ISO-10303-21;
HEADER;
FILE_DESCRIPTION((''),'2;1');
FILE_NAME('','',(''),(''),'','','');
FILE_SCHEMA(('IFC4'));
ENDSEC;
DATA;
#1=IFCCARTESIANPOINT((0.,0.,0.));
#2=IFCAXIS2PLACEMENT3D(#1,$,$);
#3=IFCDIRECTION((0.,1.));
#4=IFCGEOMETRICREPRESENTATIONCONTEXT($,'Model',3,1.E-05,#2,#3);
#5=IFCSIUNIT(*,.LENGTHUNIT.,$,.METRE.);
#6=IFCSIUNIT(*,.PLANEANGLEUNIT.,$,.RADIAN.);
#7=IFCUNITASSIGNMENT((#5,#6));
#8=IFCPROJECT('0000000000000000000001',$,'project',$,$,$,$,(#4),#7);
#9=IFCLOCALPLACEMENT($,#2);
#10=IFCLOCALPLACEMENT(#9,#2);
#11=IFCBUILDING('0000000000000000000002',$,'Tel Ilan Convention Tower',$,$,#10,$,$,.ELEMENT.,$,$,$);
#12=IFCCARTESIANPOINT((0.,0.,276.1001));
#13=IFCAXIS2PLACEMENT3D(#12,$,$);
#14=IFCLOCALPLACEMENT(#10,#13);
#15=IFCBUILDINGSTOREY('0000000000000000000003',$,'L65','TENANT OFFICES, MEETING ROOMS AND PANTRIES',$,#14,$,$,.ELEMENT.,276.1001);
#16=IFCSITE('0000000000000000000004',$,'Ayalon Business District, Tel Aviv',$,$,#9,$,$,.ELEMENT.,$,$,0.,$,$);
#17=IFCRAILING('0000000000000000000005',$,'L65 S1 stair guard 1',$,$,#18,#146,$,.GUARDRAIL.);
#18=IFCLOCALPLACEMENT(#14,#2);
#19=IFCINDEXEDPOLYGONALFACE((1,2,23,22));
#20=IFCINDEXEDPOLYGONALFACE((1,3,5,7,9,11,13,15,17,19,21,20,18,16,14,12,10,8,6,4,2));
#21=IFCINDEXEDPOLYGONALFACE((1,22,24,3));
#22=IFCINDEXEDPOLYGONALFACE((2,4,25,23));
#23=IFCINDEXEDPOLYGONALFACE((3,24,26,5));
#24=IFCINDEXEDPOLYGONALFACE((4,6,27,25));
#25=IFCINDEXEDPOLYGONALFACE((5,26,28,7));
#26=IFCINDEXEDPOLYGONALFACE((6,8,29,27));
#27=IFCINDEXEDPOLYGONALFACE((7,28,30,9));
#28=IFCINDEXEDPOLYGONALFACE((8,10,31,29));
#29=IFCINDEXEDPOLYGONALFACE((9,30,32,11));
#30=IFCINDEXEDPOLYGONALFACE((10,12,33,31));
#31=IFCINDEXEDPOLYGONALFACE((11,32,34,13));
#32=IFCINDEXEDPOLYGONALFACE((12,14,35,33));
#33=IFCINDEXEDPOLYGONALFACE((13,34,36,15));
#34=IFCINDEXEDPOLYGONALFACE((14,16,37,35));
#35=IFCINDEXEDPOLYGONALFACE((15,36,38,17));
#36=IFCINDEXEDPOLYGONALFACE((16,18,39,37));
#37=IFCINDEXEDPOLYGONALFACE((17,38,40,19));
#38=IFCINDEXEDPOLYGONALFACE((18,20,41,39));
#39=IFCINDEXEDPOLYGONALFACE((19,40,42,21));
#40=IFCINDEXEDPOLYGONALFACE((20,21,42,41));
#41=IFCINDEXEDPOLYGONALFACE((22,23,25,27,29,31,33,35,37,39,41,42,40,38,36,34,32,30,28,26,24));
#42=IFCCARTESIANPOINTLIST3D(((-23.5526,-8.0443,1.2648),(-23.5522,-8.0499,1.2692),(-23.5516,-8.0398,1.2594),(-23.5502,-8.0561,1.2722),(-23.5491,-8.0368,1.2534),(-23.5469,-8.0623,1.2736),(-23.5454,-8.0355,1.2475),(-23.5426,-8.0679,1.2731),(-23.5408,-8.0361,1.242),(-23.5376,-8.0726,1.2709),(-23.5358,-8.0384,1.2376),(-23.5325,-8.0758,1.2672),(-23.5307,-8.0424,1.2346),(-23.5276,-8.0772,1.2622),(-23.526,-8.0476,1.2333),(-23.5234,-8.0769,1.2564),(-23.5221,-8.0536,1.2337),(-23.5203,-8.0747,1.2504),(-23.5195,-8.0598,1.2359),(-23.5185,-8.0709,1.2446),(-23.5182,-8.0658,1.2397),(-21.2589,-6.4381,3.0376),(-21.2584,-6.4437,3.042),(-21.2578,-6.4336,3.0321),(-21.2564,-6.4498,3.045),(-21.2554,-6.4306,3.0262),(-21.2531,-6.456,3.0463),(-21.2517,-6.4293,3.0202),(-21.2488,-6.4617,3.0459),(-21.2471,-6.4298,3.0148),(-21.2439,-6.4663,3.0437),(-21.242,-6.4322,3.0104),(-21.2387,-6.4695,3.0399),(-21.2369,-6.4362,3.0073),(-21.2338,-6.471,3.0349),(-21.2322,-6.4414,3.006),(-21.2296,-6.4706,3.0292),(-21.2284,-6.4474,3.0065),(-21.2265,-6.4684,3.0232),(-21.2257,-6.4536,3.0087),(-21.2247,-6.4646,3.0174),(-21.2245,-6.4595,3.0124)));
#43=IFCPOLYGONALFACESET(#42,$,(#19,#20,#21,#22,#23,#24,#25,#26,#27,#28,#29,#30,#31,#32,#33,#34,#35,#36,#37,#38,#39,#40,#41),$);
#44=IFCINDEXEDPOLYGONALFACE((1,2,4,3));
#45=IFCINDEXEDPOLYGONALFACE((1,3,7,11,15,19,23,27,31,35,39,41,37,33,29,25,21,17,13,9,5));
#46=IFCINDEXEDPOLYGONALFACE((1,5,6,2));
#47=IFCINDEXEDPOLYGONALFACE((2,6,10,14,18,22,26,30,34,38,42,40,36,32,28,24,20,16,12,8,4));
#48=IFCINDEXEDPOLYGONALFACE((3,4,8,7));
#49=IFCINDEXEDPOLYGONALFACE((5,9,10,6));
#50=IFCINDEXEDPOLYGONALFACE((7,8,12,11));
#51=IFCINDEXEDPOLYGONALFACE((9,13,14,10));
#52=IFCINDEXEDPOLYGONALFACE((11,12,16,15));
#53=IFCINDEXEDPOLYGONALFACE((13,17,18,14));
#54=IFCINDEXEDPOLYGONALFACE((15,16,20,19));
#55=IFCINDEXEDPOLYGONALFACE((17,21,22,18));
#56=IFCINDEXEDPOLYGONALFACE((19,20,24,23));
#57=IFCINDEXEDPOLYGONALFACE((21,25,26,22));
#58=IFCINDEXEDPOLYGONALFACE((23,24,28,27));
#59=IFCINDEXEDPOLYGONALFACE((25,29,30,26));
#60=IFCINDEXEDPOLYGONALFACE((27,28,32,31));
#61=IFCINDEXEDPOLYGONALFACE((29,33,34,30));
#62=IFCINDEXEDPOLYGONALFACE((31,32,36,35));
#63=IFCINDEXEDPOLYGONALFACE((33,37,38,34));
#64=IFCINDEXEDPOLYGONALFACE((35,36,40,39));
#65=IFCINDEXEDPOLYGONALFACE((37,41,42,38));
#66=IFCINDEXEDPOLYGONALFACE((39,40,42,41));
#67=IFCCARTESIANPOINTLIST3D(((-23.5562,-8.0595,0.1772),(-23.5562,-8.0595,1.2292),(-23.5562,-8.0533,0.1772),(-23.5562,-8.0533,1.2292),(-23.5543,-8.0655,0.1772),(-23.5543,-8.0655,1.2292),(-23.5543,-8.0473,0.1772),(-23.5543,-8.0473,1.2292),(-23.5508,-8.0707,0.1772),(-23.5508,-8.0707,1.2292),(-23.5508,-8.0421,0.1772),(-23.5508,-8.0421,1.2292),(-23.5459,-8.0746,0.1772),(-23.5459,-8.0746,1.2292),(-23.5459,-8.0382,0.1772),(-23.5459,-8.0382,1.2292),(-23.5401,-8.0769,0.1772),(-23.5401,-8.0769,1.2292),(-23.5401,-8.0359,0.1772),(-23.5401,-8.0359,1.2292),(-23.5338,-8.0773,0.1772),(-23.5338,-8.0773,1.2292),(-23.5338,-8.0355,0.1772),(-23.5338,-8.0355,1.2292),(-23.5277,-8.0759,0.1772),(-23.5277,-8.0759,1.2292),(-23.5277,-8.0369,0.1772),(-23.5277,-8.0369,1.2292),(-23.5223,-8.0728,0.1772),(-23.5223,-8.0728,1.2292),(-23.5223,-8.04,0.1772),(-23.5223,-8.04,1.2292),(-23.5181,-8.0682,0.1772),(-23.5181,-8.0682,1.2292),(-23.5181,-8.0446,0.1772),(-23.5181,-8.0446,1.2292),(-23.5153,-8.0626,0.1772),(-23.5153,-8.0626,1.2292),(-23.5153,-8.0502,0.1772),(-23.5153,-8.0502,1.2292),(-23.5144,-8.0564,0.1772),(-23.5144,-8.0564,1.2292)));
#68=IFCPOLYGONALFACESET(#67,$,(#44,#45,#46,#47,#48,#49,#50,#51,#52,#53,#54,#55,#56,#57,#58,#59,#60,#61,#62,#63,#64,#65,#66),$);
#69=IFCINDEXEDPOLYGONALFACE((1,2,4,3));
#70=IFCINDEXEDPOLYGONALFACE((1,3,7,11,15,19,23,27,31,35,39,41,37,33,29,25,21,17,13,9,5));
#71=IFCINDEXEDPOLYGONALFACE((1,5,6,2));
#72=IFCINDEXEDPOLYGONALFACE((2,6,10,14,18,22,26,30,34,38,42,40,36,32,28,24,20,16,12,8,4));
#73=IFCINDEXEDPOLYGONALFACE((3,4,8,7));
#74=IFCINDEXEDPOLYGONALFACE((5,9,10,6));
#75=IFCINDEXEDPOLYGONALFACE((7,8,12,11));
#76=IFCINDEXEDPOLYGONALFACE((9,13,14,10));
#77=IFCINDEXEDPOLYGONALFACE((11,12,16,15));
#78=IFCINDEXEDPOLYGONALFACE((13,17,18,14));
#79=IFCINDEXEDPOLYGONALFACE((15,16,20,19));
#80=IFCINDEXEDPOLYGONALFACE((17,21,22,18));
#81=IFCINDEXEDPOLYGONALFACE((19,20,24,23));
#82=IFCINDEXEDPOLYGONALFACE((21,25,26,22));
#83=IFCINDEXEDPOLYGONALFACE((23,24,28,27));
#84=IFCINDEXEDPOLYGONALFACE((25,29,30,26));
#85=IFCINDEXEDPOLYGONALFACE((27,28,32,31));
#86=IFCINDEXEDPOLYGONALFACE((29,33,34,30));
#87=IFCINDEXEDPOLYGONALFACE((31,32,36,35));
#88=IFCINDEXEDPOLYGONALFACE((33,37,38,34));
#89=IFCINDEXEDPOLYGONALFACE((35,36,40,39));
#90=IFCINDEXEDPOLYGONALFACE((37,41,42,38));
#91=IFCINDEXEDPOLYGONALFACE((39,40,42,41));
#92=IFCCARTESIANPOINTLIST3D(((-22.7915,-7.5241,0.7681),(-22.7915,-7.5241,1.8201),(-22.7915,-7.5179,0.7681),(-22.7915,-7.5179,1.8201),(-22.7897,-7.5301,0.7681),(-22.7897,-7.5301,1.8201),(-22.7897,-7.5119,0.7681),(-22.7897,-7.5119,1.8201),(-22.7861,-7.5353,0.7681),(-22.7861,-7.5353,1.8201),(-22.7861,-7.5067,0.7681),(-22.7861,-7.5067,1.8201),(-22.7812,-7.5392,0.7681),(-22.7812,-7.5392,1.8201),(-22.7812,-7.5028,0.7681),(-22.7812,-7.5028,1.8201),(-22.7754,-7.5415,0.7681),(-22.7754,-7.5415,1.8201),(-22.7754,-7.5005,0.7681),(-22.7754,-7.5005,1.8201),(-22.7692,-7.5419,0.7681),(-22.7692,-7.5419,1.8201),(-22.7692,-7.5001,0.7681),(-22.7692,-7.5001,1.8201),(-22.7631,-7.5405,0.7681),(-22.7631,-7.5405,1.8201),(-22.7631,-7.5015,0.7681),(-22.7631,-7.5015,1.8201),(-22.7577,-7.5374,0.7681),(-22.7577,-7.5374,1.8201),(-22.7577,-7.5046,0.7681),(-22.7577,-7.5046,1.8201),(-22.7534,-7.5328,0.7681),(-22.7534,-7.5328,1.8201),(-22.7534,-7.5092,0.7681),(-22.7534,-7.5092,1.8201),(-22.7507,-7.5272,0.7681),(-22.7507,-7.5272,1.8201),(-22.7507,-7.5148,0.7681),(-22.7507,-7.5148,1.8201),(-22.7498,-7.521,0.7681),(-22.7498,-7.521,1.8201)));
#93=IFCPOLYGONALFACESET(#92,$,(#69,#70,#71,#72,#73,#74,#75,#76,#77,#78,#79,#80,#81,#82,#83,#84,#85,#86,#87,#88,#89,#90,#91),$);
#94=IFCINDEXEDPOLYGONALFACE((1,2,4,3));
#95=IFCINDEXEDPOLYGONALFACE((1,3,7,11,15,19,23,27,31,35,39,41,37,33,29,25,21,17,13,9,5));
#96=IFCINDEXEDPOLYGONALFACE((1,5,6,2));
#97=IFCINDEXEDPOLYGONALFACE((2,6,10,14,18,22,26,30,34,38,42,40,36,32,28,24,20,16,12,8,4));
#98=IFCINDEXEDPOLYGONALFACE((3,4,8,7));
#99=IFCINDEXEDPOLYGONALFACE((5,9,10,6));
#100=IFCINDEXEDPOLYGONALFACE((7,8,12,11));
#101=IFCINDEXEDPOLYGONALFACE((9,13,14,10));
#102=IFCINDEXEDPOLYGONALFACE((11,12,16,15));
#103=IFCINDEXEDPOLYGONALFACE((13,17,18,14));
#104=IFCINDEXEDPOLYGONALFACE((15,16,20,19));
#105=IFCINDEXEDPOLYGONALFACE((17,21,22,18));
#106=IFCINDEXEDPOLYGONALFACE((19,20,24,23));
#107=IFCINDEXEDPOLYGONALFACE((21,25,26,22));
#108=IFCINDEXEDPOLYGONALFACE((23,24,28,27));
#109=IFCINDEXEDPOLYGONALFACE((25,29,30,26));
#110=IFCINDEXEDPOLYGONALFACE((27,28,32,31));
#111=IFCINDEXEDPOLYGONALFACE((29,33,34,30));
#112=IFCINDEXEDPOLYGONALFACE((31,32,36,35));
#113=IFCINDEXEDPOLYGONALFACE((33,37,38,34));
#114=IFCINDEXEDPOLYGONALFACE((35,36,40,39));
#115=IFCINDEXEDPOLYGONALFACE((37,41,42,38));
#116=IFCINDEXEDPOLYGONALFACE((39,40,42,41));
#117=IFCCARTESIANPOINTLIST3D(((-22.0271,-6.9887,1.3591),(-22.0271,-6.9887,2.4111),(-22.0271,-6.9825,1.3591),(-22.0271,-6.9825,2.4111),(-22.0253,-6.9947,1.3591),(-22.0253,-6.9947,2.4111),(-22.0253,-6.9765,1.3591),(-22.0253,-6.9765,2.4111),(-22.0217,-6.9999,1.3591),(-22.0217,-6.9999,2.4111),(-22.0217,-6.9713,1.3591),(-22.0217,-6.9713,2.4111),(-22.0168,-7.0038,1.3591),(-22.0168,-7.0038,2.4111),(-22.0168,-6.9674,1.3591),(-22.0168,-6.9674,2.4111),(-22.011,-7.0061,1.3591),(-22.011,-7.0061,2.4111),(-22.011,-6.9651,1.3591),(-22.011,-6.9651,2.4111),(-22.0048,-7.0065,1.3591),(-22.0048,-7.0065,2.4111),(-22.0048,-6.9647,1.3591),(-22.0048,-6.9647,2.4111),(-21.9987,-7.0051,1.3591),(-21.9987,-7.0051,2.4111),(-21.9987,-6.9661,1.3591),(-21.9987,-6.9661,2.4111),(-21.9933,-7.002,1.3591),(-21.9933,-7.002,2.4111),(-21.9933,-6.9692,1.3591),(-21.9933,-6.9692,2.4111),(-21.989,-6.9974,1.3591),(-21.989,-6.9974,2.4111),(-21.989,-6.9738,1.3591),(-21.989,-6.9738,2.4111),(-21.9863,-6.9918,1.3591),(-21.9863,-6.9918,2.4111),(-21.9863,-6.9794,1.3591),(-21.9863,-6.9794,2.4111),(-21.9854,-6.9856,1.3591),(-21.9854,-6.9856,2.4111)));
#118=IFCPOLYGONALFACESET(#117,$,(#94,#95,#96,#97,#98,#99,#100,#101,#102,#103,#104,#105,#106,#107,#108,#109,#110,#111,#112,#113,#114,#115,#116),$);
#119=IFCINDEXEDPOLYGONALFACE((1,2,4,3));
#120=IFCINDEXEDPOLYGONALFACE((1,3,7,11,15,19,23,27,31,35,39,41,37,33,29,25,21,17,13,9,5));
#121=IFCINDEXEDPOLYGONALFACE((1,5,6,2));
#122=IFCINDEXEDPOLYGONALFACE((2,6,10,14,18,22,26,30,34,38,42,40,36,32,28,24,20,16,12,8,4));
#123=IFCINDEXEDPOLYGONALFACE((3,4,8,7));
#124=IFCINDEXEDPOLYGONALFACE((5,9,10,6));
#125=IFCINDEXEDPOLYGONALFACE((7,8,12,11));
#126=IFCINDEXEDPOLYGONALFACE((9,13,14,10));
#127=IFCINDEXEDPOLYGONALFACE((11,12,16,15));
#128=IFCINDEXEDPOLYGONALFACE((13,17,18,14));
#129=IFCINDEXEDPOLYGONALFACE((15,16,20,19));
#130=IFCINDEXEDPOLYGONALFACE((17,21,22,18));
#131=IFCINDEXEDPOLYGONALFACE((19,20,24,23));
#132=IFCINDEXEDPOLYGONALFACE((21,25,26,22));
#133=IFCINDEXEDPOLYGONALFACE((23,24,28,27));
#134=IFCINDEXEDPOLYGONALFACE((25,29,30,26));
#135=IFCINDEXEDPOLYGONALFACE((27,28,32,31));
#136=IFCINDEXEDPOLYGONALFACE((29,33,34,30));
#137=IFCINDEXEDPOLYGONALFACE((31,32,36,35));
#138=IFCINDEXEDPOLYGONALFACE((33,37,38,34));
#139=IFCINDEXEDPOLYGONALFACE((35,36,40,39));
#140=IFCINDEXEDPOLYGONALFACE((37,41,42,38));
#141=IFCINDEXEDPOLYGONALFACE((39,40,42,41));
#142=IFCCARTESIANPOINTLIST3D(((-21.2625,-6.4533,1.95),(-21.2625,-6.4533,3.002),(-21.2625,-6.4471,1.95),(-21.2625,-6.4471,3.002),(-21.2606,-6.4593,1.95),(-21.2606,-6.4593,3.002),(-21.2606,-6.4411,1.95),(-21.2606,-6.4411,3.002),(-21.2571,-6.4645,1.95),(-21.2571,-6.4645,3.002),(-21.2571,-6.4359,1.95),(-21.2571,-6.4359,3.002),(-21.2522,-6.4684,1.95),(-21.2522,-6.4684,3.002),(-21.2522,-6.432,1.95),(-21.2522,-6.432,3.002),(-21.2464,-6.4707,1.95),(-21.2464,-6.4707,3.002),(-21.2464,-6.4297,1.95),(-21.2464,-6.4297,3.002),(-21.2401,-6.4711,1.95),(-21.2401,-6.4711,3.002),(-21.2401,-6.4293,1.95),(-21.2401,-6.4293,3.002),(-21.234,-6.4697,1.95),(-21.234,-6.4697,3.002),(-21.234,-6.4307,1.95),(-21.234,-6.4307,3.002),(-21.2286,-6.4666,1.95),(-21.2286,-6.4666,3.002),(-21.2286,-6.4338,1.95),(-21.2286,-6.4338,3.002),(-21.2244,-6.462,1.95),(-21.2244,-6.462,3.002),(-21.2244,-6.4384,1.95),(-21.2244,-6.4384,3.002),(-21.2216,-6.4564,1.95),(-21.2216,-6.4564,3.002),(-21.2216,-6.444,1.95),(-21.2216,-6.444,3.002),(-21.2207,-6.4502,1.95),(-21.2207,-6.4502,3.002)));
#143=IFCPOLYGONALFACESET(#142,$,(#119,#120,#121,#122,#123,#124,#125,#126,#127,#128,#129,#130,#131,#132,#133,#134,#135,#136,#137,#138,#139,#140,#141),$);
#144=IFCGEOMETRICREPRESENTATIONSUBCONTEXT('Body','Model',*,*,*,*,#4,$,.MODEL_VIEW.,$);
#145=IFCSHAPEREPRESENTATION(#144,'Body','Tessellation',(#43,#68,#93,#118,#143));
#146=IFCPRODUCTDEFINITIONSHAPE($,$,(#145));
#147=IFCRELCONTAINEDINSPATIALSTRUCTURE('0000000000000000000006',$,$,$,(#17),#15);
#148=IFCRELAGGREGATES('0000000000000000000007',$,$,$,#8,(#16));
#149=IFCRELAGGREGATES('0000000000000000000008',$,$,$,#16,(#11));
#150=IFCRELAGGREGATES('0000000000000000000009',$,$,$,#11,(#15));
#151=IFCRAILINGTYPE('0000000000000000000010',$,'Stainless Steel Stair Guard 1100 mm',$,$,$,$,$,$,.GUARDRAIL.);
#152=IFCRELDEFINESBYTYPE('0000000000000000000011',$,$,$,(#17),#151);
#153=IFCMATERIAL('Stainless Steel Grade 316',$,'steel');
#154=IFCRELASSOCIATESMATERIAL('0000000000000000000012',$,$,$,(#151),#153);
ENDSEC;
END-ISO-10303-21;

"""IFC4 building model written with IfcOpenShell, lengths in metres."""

from ifc_helpers import new_model, si_unit, direction, frame, origin, origin_2d, place, context, subcontext, project, spatial, circle, extrude, material, type_object, element, save


model = new_model("IFC4")

# Units and contexts
model_context = context("Model", 3, precision=1e-05, world=origin(), true_north=direction((0.0, 1.0)))
body_context = subcontext(model_context, "Body", "Model", "MODEL_VIEW")
ifc_project = project(units=[si_unit("LENGTHUNIT", "METRE"), si_unit("PLANEANGLEUNIT", "RADIAN")], contexts=[model_context])

# Site, building, storey
site_placement = place(None, origin())
site = spatial("IfcSite", under=ifc_project, at=site_placement, Name="Ayalon Business District, Tel Aviv", CompositionType="ELEMENT", RefElevation=0.0)
building_placement = place(site_placement, origin())
building = spatial("IfcBuilding", under=site, at=building_placement, Name="Tel Ilan Convention Tower", CompositionType="ELEMENT")
storey_placement = place(building_placement, frame((0.0, 0.0, 276.1001)))
storey = spatial("IfcBuildingStorey", under=building, at=storey_placement, Name="L65", Description="TENANT OFFICES, MEETING ROOMS AND PANTRIES", CompositionType="ELEMENT", Elevation=276.1001)

# Railing
ifc_material_1 = material(Name="Stainless Steel Grade 316", Category="steel")
railing_type_1 = type_object("IfcRailingType", Name="Stainless Steel Stair Guard 1100 mm", PredefinedType="GUARDRAIL", material=ifc_material_1)
railing_1_placement = place(storey_placement, frame((-23.5354, -8.0564, 0.1772)))
element("IfcRailing", 1, at=railing_1_placement, inside=storey, type_object=railing_type_1, Name="L65 S1 stair guard 1", PredefinedType="GUARDRAIL", context=body_context, shape_type="SweptSolid", body=[
    extrude(circle(Radius=0.0239, at=origin_2d()), frame((0.0, 0.0, 1.0762), z_axis=(0.692098, 0.484653, 0.534894), x_axis=(-0.573609, 0.81913, 0.0)), (0.0, 0.0, 1.0), 3.3142),
    extrude(circle(Radius=0.021, at=origin_2d()), origin(), (0.0, 0.0, 1.0), 1.052),
    extrude(circle(Radius=0.021, at=origin_2d()), frame((0.7646, 0.5354, 0.5908)), (0.0, 0.0, 1.0), 1.052),
    extrude(circle(Radius=0.021, at=origin_2d()), frame((1.5291, 1.0708, 1.1819)), (0.0, 0.0, 1.0), 1.052),
    extrude(circle(Radius=0.021, at=origin_2d()), frame((2.2937, 1.6062, 1.7727)), (0.0, 0.0, 1.0), 1.052),
])

save(model, "model.ifc")
